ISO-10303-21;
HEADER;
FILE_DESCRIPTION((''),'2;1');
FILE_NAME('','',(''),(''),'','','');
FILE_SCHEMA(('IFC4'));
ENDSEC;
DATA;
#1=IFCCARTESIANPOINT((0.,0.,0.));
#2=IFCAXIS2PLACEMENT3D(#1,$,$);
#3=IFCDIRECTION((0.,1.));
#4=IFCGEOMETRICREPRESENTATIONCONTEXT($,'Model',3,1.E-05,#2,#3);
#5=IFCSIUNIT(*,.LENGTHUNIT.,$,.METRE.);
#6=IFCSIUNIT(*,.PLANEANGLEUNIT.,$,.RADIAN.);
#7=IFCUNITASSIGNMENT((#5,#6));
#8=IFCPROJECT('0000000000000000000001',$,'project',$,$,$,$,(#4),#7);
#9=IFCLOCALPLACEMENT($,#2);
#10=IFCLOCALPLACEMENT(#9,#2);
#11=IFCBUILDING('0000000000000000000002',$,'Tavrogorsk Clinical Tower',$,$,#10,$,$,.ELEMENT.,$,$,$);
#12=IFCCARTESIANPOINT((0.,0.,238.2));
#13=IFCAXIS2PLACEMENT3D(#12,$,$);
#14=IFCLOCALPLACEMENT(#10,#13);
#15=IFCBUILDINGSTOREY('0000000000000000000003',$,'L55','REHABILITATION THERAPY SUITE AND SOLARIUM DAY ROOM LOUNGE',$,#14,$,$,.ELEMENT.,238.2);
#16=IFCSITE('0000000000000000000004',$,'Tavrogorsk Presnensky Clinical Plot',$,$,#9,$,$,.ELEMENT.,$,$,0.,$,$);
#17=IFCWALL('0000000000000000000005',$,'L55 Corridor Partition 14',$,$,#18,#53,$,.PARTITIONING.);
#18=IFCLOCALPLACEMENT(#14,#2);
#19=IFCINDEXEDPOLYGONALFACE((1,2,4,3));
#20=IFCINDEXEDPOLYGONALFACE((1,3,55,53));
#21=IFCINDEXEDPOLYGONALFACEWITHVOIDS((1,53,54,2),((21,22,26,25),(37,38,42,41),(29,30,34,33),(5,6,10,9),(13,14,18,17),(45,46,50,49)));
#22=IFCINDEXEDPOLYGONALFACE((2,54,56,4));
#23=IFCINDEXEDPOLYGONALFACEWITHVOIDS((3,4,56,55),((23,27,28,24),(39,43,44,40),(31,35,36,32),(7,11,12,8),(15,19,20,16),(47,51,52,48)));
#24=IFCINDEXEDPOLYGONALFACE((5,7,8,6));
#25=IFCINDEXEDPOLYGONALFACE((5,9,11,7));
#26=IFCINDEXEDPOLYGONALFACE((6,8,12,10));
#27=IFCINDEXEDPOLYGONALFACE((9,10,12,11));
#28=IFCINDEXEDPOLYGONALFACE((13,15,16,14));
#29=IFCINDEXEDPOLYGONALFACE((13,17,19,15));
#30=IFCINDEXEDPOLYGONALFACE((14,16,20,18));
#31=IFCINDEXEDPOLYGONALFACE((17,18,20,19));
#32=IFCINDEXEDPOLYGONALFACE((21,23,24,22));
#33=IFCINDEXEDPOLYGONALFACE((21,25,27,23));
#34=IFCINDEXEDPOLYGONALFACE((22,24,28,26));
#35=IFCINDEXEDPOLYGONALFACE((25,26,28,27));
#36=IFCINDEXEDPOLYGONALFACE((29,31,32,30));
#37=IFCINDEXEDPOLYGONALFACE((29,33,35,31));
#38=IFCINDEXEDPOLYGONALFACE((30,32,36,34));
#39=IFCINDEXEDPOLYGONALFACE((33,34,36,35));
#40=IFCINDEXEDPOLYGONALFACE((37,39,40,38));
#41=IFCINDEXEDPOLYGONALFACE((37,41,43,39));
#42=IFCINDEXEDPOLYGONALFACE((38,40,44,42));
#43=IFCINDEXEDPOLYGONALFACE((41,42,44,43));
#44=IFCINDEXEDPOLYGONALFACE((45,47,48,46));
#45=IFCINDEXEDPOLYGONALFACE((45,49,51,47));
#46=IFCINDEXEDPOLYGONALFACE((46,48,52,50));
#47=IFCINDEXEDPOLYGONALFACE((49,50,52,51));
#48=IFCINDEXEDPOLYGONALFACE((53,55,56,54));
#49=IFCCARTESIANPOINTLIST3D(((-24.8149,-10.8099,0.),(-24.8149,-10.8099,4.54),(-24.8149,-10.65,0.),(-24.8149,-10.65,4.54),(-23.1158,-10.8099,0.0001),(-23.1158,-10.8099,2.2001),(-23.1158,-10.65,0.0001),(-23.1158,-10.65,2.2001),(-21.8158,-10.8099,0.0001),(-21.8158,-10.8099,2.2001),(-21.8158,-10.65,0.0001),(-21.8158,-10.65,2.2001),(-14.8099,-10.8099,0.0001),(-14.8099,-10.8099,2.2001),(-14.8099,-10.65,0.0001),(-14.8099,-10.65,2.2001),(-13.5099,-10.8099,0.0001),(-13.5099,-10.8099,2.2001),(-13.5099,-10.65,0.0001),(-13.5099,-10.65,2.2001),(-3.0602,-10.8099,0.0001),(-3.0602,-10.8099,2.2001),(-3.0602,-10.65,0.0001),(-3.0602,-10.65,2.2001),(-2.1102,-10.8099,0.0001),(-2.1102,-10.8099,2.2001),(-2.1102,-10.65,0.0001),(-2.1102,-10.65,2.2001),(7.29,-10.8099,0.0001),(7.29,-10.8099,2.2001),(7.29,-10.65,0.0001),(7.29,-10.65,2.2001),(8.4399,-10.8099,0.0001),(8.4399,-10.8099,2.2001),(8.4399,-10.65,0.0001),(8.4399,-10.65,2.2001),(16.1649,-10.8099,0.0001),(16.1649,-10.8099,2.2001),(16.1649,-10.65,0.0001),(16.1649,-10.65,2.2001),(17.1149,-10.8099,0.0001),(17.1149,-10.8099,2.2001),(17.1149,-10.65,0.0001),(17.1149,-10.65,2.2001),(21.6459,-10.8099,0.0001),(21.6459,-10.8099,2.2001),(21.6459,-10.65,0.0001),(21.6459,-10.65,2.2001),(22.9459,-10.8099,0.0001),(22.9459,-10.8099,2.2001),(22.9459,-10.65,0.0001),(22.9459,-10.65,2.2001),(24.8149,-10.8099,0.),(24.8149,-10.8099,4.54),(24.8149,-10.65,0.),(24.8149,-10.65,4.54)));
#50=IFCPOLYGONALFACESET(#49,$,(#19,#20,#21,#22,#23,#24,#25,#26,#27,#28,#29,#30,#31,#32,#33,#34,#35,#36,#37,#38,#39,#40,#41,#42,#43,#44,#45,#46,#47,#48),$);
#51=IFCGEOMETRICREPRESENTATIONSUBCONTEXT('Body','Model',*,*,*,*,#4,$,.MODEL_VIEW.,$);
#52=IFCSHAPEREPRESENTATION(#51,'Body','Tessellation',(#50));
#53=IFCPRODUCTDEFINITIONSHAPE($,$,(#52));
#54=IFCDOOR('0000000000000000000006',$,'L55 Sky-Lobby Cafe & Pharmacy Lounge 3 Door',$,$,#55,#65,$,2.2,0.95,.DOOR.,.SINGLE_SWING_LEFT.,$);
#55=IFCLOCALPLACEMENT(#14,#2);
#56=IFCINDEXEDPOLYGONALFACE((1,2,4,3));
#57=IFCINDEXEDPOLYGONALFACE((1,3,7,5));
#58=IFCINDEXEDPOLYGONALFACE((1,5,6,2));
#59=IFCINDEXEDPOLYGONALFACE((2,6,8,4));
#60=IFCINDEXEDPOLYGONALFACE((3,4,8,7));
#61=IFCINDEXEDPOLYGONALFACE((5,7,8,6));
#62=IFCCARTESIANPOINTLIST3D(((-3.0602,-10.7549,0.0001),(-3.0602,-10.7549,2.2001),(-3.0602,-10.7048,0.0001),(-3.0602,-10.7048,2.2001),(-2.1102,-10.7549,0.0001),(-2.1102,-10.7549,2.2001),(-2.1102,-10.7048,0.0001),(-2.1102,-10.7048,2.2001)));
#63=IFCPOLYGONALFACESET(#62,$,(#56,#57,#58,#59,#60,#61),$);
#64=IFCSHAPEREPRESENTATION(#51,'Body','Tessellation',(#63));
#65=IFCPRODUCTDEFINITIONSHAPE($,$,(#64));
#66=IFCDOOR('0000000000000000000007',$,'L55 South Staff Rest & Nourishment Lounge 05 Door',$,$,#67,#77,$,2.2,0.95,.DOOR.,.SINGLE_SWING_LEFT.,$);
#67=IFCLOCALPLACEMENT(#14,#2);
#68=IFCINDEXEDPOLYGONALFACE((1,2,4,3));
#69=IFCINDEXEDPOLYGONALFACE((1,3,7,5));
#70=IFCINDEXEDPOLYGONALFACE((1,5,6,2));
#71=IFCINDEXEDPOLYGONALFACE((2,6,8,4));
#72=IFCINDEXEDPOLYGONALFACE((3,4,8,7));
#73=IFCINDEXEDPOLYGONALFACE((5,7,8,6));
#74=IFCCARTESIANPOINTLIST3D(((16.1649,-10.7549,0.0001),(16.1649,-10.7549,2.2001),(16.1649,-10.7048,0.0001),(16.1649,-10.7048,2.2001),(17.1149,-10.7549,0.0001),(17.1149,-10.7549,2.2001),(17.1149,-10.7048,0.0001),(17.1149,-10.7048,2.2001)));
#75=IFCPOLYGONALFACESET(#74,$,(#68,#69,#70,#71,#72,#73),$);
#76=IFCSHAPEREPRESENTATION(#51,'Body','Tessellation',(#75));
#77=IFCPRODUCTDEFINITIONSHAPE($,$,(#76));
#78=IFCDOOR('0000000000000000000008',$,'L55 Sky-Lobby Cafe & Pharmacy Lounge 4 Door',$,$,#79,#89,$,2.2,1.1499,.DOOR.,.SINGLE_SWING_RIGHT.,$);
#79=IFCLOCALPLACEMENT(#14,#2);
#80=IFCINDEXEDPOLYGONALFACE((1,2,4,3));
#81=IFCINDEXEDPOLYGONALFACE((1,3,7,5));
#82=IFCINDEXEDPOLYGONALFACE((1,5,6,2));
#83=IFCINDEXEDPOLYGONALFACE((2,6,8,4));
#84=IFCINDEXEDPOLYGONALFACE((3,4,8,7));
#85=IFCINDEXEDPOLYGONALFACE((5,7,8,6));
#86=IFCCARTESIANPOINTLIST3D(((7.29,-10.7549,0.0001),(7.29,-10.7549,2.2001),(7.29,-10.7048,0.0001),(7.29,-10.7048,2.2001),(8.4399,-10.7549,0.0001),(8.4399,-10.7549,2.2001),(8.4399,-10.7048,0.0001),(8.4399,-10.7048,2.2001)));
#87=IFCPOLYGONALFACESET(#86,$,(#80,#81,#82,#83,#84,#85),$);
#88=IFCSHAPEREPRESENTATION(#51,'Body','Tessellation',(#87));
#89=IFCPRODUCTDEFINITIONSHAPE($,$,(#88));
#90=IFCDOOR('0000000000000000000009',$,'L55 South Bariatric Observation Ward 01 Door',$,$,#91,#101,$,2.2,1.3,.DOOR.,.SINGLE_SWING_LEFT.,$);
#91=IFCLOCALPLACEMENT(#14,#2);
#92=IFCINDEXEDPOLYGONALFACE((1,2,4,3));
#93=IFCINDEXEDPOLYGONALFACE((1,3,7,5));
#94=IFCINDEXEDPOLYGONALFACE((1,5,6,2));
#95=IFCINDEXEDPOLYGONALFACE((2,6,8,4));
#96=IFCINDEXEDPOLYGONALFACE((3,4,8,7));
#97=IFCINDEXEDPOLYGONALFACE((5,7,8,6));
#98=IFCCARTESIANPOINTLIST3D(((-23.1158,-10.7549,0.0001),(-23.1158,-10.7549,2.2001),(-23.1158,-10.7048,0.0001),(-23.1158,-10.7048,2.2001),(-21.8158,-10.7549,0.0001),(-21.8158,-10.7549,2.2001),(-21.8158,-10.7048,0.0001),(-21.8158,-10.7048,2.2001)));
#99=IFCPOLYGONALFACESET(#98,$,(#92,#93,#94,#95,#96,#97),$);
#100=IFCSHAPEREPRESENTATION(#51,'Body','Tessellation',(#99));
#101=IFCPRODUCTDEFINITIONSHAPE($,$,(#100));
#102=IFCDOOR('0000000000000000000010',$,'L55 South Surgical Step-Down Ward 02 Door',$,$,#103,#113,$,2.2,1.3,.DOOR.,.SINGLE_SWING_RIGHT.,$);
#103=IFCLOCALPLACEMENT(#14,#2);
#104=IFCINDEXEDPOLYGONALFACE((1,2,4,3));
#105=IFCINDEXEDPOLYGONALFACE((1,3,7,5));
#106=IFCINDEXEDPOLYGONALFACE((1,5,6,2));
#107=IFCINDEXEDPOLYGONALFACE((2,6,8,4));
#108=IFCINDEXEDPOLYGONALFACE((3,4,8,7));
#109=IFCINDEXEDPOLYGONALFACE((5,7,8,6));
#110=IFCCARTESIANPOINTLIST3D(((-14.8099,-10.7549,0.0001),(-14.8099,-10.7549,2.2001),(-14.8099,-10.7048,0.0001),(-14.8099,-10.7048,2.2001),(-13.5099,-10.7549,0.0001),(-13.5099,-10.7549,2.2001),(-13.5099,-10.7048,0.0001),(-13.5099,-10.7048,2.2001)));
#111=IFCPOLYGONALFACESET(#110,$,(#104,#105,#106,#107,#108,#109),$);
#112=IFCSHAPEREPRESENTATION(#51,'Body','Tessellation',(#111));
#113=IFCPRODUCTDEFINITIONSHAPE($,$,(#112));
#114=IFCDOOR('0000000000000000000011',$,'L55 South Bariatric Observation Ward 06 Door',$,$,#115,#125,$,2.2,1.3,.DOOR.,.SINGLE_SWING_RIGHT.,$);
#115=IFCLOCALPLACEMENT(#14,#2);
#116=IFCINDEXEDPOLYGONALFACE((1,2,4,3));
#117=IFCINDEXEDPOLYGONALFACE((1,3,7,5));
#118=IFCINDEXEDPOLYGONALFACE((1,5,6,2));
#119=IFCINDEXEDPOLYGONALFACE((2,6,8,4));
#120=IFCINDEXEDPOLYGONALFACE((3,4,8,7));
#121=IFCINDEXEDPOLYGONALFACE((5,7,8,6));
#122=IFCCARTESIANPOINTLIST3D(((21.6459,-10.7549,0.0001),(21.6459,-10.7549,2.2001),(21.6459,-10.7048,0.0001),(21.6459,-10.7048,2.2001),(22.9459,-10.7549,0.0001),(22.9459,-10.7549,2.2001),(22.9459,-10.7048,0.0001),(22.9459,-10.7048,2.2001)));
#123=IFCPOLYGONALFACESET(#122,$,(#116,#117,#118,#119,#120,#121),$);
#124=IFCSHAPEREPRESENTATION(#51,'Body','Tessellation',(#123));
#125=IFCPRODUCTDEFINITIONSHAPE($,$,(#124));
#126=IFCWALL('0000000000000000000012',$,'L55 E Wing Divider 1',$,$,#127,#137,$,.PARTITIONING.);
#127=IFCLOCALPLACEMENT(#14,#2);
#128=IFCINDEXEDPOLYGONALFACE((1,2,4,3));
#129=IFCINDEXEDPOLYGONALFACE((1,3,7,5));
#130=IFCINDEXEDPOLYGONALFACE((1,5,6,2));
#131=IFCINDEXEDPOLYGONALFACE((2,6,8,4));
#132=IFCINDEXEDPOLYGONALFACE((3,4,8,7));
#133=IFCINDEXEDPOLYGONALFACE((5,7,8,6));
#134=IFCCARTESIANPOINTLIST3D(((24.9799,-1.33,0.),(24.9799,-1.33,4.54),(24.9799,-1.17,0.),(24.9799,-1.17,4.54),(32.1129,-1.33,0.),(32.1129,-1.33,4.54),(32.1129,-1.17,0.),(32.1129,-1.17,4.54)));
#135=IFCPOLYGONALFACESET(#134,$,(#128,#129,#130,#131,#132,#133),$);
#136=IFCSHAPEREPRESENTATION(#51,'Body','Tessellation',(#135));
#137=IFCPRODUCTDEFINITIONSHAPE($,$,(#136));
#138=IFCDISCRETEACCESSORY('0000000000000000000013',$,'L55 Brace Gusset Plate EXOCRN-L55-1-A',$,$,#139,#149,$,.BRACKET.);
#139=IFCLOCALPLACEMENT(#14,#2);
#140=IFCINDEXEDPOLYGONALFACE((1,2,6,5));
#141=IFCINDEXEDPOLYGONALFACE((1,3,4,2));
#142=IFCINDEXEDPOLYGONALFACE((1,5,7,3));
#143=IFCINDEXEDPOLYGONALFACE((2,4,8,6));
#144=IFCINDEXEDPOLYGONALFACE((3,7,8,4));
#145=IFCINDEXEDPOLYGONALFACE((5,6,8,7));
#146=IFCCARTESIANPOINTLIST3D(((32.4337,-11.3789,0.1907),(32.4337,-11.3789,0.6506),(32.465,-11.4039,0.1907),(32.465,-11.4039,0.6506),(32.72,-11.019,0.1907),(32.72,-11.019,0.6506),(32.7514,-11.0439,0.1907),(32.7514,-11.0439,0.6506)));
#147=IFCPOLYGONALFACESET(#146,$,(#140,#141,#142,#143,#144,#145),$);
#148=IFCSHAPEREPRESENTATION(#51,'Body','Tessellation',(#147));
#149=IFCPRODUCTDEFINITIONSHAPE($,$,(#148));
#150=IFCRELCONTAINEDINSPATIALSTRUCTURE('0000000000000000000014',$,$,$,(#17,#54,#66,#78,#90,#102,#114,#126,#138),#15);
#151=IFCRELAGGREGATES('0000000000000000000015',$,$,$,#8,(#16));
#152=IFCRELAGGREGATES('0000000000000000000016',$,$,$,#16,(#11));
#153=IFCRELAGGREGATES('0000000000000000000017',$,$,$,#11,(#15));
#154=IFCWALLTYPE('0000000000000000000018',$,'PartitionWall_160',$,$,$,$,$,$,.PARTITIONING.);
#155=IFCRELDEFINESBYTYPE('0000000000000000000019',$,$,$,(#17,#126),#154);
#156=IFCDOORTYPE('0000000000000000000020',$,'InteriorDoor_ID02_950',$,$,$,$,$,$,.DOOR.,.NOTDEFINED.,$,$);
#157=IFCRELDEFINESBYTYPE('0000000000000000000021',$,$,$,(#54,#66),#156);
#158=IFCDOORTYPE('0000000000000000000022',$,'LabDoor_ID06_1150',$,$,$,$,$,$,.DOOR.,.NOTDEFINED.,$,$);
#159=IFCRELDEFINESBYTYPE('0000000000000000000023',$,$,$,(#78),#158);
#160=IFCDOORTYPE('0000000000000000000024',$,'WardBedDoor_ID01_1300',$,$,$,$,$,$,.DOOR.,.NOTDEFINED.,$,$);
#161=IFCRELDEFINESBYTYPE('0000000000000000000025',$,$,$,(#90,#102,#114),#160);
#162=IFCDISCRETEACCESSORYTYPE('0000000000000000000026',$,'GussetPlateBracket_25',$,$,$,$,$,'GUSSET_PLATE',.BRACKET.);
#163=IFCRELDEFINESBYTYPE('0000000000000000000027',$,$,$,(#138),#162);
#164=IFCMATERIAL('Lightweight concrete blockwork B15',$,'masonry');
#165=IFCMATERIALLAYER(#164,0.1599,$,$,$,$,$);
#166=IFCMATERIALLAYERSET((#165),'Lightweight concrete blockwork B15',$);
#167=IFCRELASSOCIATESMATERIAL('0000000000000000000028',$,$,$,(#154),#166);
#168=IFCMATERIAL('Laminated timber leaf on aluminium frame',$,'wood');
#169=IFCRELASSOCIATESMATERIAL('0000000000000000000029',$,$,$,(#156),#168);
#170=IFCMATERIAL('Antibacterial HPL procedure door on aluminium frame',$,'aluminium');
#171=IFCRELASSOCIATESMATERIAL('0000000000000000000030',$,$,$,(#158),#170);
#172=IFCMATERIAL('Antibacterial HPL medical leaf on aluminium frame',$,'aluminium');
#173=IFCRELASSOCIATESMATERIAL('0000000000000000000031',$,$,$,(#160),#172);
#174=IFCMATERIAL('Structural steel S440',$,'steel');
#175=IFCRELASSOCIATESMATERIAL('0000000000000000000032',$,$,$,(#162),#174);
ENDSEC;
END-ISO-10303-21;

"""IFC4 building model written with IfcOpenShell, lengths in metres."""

from ifc_helpers import new_model, si_unit, direction, frame, frame_2d, origin, origin_2d, place, context, subcontext, project, spatial, rectangle, extrude, material, layer, layer_set, type_object, element, fill, save


model = new_model("IFC4")

# Units and contexts
model_context = context("Model", 3, precision=1e-05, world=origin(), true_north=direction((0.0, 1.0)))
body_context = subcontext(model_context, "Body", "Model", "MODEL_VIEW")
ifc_project = project(units=[si_unit("LENGTHUNIT", "METRE"), si_unit("PLANEANGLEUNIT", "RADIAN")], contexts=[model_context])

# Site, building, storey
site_placement = place(None, origin())
site = spatial("IfcSite", under=ifc_project, at=site_placement, Name="Tavrogorsk Presnensky Clinical Plot", CompositionType="ELEMENT", RefElevation=0.0)
building_placement = place(site_placement, origin())
building = spatial("IfcBuilding", under=site, at=building_placement, Name="Tavrogorsk Clinical Tower", CompositionType="ELEMENT")
storey_placement = place(building_placement, frame((0.0, 0.0, 238.2)))
storey = spatial("IfcBuildingStorey", under=building, at=storey_placement, Name="L55", Description="REHABILITATION THERAPY SUITE AND SOLARIUM DAY ROOM LOUNGE", CompositionType="ELEMENT", Elevation=238.2)

# Shared definitions
ifc_material_1 = material(Name="Lightweight concrete blockwork B15", Category="masonry")
ifc_layer = layer(ifc_material_1, 0.1599)
ifc_layer_set = layer_set([ifc_layer], Name="Lightweight concrete blockwork B15")
wall_type = type_object("IfcWallType", Name="PartitionWall_160", PredefinedType="PARTITIONING", material=ifc_layer_set)
ifc_material_2 = material(Name="Laminated timber leaf on aluminium frame", Category="wood")
door_type_1 = type_object("IfcDoorType", Name="InteriorDoor_ID02_950", OperationType="NOTDEFINED", PredefinedType="DOOR", material=ifc_material_2)

# Wall, openings, doors
wall_1_placement = place(storey_placement, frame((24.8149, -10.73, 0.0), z_axis=(0.0, 0.0, 1.0), x_axis=(-1.0, 0.0, 0.0)))
wall_1 = element("IfcWall", 1, at=wall_1_placement, inside=storey, type_object=wall_type, Name="L55 Corridor Partition 14", PredefinedType="PARTITIONING", context=body_context, shape_type="SweptSolid", body=[
    extrude(rectangle(XDim=49.6299, YDim=0.1599, at=frame_2d((24.8149, 0.0))), origin(), (0.0, 0.0, 1.0), 4.54),
])
opening_1_placement = place(wall_1_placement, frame((46.6309, 0.0, 0.0)))
opening_1 = element("IfcOpeningElement", 2, at=opening_1_placement, cuts=wall_1, PredefinedType="OPENING", context=body_context, shape_type="SweptSolid", body=[
    extrude(rectangle(XDim=1.3, YDim=2.2, at=frame_2d((0.6499, 1.1001))), frame((0.0, 0.0898, 0.0), z_axis=(0.0, -1.0, 0.0), x_axis=(1.0, 0.0, 0.0)), (0.0, 0.0, 1.0), 0.1799),
])
opening_2_placement = place(wall_1_placement, frame((38.325, 0.0, 0.0)))
opening_2 = element("IfcOpeningElement", 3, at=opening_2_placement, cuts=wall_1, PredefinedType="OPENING", context=body_context, shape_type="SweptSolid", body=[
    extrude(rectangle(XDim=1.3, YDim=2.2, at=frame_2d((0.6499, 1.1001))), frame((0.0, 0.0898, 0.0), z_axis=(0.0, -1.0, 0.0), x_axis=(1.0, 0.0, 0.0)), (0.0, 0.0, 1.0), 0.1799),
])
opening_3_placement = place(wall_1_placement, frame((26.925, 0.0, 0.0)))
opening_3 = element("IfcOpeningElement", 4, at=opening_3_placement, cuts=wall_1, PredefinedType="OPENING", context=body_context, shape_type="SweptSolid", body=[
    extrude(rectangle(XDim=0.95, YDim=2.2, at=frame_2d((0.4751, 1.1001))), frame((0.0, 0.0898, 0.0), z_axis=(0.0, -1.0, 0.0), x_axis=(1.0, 0.0, 0.0)), (0.0, 0.0, 1.0), 0.1799),
])
opening_4_placement = place(wall_1_placement, frame((16.375, 0.0, 0.0)))
opening_4 = element("IfcOpeningElement", 5, at=opening_4_placement, cuts=wall_1, PredefinedType="OPENING", context=body_context, shape_type="SweptSolid", body=[
    extrude(rectangle(XDim=1.1499, YDim=2.2, at=frame_2d((0.575, 1.1001))), frame((0.0, 0.0898, 0.0), z_axis=(0.0, -1.0, 0.0), x_axis=(1.0, 0.0, 0.0)), (0.0, 0.0, 1.0), 0.1799),
])
opening_5_placement = place(wall_1_placement, frame((7.7, 0.0, 0.0)))
opening_5 = element("IfcOpeningElement", 6, at=opening_5_placement, cuts=wall_1, PredefinedType="OPENING", context=body_context, shape_type="SweptSolid", body=[
    extrude(rectangle(XDim=0.95, YDim=2.2, at=frame_2d((0.4751, 1.1001))), frame((0.0, 0.0898, 0.0), z_axis=(0.0, -1.0, 0.0), x_axis=(1.0, 0.0, 0.0)), (0.0, 0.0, 1.0), 0.1799),
])
opening_6_placement = place(wall_1_placement, frame((1.8691, 0.0, 0.0)))
opening_6 = element("IfcOpeningElement", 7, at=opening_6_placement, cuts=wall_1, PredefinedType="OPENING", context=body_context, shape_type="SweptSolid", body=[
    extrude(rectangle(XDim=1.3, YDim=2.2, at=frame_2d((0.6499, 1.1001))), frame((0.0, 0.0898, 0.0), z_axis=(0.0, -1.0, 0.0), x_axis=(1.0, 0.0, 0.0)), (0.0, 0.0, 1.0), 0.1799),
])
door_1_placement = place(opening_3_placement, origin())
door_1 = element("IfcDoor", 8, at=door_1_placement, inside=storey, type_object=door_type_1, Name="L55 Sky-Lobby Cafe & Pharmacy Lounge 3 Door", OperationType="SINGLE_SWING_LEFT", OverallHeight=2.2, OverallWidth=0.95, PredefinedType="DOOR", context=body_context, shape_type="SweptSolid", body=[
    extrude(rectangle(XDim=0.95, YDim=2.2, at=frame_2d((0.4751, 1.1001))), frame((0.0, 0.0249, 0.0), z_axis=(0.0, -1.0, 0.0), x_axis=(1.0, 0.0, 0.0)), (0.0, 0.0, 1.0), 0.05),
])
fill(opening_3, door_1)
door_2_placement = place(opening_5_placement, origin())
door_2 = element("IfcDoor", 9, at=door_2_placement, inside=storey, type_object=door_type_1, Name="L55 South Staff Rest & Nourishment Lounge 05 Door", OperationType="SINGLE_SWING_LEFT", OverallHeight=2.2, OverallWidth=0.95, PredefinedType="DOOR", context=body_context, shape_type="SweptSolid", body=[
    extrude(rectangle(XDim=0.95, YDim=2.2, at=frame_2d((0.4751, 1.1001))), frame((0.0, 0.0249, 0.0), z_axis=(0.0, -1.0, 0.0), x_axis=(1.0, 0.0, 0.0)), (0.0, 0.0, 1.0), 0.05),
])
fill(opening_5, door_2)
ifc_material_3 = material(Name="Antibacterial HPL procedure door on aluminium frame", Category="aluminium")
door_type_2 = type_object("IfcDoorType", Name="LabDoor_ID06_1150", OperationType="NOTDEFINED", PredefinedType="DOOR", material=ifc_material_3)
door_3_placement = place(opening_4_placement, origin())
door_3 = element("IfcDoor", 10, at=door_3_placement, inside=storey, type_object=door_type_2, Name="L55 Sky-Lobby Cafe & Pharmacy Lounge 4 Door", OperationType="SINGLE_SWING_RIGHT", OverallHeight=2.2, OverallWidth=1.1499, PredefinedType="DOOR", context=body_context, shape_type="SweptSolid", body=[
    extrude(rectangle(XDim=1.1499, YDim=2.2, at=frame_2d((0.575, 1.1001))), frame((0.0, 0.0249, 0.0), z_axis=(0.0, -1.0, 0.0), x_axis=(1.0, 0.0, 0.0)), (0.0, 0.0, 1.0), 0.05),
])
fill(opening_4, door_3)
ifc_material_4 = material(Name="Antibacterial HPL medical leaf on aluminium frame", Category="aluminium")
door_type_3 = type_object("IfcDoorType", Name="WardBedDoor_ID01_1300", OperationType="NOTDEFINED", PredefinedType="DOOR", material=ifc_material_4)
door_4_placement = place(opening_1_placement, origin())
door_4 = element("IfcDoor", 11, at=door_4_placement, inside=storey, type_object=door_type_3, Name="L55 South Bariatric Observation Ward 01 Door", OperationType="SINGLE_SWING_LEFT", OverallHeight=2.2, OverallWidth=1.3, PredefinedType="DOOR", context=body_context, shape_type="SweptSolid", body=[
    extrude(rectangle(XDim=1.3, YDim=2.2, at=frame_2d((0.6499, 1.1001))), frame((0.0, 0.0249, 0.0), z_axis=(0.0, -1.0, 0.0), x_axis=(1.0, 0.0, 0.0)), (0.0, 0.0, 1.0), 0.05),
])
fill(opening_1, door_4)
door_5_placement = place(opening_2_placement, origin())
door_5 = element("IfcDoor", 12, at=door_5_placement, inside=storey, type_object=door_type_3, Name="L55 South Surgical Step-Down Ward 02 Door", OperationType="SINGLE_SWING_RIGHT", OverallHeight=2.2, OverallWidth=1.3, PredefinedType="DOOR", context=body_context, shape_type="SweptSolid", body=[
    extrude(rectangle(XDim=1.3, YDim=2.2, at=frame_2d((0.6499, 1.1001))), frame((0.0, 0.0249, 0.0), z_axis=(0.0, -1.0, 0.0), x_axis=(1.0, 0.0, 0.0)), (0.0, 0.0, 1.0), 0.05),
])
fill(opening_2, door_5)
door_6_placement = place(opening_6_placement, origin())
door_6 = element("IfcDoor", 13, at=door_6_placement, inside=storey, type_object=door_type_3, Name="L55 South Bariatric Observation Ward 06 Door", OperationType="SINGLE_SWING_RIGHT", OverallHeight=2.2, OverallWidth=1.3, PredefinedType="DOOR", context=body_context, shape_type="SweptSolid", body=[
    extrude(rectangle(XDim=1.3, YDim=2.2, at=frame_2d((0.6499, 1.1001))), frame((0.0, 0.0249, 0.0), z_axis=(0.0, -1.0, 0.0), x_axis=(1.0, 0.0, 0.0)), (0.0, 0.0, 1.0), 0.05),
])
fill(opening_6, door_6)

# Wall
wall_2_placement = place(storey_placement, frame((24.98, -1.25, 0.0), z_axis=(0.0, 0.0, 1.0), x_axis=(1.0, 0.0, 0.0)))
element("IfcWall", 14, at=wall_2_placement, inside=storey, type_object=wall_type, Name="L55 E Wing Divider 1", PredefinedType="PARTITIONING", context=body_context, shape_type="SweptSolid", body=[
    extrude(rectangle(XDim=7.1331, YDim=0.1599, at=frame_2d((3.5664, 0.0))), origin(), (0.0, 0.0, 1.0), 4.54),
])

# Discrete accessory
ifc_material_5 = material(Name="Structural steel S440", Category="steel")
discrete_accessory_type = type_object("IfcDiscreteAccessoryType", Name="GussetPlateBracket_25", ElementType="GUSSET_PLATE", PredefinedType="BRACKET", material=ifc_material_5)
discrete_accessory_placement = place(storey_placement, frame((32.5925, -11.2114, 0.1907), z_axis=(0.0, 0.0, 1.0), x_axis=(-0.622515, -0.782608, 0.0)))
element("IfcDiscreteAccessory", 15, at=discrete_accessory_placement, inside=storey, type_object=discrete_accessory_type, Name="L55 Brace Gusset Plate EXOCRN-L55-1-A", PredefinedType="BRACKET", context=body_context, shape_type="SweptSolid", body=[
    extrude(rectangle(XDim=0.46, YDim=0.04, at=origin_2d()), origin(), (0.0, 0.0, 1.0), 0.46),
])

save(model, "model.ifc")
